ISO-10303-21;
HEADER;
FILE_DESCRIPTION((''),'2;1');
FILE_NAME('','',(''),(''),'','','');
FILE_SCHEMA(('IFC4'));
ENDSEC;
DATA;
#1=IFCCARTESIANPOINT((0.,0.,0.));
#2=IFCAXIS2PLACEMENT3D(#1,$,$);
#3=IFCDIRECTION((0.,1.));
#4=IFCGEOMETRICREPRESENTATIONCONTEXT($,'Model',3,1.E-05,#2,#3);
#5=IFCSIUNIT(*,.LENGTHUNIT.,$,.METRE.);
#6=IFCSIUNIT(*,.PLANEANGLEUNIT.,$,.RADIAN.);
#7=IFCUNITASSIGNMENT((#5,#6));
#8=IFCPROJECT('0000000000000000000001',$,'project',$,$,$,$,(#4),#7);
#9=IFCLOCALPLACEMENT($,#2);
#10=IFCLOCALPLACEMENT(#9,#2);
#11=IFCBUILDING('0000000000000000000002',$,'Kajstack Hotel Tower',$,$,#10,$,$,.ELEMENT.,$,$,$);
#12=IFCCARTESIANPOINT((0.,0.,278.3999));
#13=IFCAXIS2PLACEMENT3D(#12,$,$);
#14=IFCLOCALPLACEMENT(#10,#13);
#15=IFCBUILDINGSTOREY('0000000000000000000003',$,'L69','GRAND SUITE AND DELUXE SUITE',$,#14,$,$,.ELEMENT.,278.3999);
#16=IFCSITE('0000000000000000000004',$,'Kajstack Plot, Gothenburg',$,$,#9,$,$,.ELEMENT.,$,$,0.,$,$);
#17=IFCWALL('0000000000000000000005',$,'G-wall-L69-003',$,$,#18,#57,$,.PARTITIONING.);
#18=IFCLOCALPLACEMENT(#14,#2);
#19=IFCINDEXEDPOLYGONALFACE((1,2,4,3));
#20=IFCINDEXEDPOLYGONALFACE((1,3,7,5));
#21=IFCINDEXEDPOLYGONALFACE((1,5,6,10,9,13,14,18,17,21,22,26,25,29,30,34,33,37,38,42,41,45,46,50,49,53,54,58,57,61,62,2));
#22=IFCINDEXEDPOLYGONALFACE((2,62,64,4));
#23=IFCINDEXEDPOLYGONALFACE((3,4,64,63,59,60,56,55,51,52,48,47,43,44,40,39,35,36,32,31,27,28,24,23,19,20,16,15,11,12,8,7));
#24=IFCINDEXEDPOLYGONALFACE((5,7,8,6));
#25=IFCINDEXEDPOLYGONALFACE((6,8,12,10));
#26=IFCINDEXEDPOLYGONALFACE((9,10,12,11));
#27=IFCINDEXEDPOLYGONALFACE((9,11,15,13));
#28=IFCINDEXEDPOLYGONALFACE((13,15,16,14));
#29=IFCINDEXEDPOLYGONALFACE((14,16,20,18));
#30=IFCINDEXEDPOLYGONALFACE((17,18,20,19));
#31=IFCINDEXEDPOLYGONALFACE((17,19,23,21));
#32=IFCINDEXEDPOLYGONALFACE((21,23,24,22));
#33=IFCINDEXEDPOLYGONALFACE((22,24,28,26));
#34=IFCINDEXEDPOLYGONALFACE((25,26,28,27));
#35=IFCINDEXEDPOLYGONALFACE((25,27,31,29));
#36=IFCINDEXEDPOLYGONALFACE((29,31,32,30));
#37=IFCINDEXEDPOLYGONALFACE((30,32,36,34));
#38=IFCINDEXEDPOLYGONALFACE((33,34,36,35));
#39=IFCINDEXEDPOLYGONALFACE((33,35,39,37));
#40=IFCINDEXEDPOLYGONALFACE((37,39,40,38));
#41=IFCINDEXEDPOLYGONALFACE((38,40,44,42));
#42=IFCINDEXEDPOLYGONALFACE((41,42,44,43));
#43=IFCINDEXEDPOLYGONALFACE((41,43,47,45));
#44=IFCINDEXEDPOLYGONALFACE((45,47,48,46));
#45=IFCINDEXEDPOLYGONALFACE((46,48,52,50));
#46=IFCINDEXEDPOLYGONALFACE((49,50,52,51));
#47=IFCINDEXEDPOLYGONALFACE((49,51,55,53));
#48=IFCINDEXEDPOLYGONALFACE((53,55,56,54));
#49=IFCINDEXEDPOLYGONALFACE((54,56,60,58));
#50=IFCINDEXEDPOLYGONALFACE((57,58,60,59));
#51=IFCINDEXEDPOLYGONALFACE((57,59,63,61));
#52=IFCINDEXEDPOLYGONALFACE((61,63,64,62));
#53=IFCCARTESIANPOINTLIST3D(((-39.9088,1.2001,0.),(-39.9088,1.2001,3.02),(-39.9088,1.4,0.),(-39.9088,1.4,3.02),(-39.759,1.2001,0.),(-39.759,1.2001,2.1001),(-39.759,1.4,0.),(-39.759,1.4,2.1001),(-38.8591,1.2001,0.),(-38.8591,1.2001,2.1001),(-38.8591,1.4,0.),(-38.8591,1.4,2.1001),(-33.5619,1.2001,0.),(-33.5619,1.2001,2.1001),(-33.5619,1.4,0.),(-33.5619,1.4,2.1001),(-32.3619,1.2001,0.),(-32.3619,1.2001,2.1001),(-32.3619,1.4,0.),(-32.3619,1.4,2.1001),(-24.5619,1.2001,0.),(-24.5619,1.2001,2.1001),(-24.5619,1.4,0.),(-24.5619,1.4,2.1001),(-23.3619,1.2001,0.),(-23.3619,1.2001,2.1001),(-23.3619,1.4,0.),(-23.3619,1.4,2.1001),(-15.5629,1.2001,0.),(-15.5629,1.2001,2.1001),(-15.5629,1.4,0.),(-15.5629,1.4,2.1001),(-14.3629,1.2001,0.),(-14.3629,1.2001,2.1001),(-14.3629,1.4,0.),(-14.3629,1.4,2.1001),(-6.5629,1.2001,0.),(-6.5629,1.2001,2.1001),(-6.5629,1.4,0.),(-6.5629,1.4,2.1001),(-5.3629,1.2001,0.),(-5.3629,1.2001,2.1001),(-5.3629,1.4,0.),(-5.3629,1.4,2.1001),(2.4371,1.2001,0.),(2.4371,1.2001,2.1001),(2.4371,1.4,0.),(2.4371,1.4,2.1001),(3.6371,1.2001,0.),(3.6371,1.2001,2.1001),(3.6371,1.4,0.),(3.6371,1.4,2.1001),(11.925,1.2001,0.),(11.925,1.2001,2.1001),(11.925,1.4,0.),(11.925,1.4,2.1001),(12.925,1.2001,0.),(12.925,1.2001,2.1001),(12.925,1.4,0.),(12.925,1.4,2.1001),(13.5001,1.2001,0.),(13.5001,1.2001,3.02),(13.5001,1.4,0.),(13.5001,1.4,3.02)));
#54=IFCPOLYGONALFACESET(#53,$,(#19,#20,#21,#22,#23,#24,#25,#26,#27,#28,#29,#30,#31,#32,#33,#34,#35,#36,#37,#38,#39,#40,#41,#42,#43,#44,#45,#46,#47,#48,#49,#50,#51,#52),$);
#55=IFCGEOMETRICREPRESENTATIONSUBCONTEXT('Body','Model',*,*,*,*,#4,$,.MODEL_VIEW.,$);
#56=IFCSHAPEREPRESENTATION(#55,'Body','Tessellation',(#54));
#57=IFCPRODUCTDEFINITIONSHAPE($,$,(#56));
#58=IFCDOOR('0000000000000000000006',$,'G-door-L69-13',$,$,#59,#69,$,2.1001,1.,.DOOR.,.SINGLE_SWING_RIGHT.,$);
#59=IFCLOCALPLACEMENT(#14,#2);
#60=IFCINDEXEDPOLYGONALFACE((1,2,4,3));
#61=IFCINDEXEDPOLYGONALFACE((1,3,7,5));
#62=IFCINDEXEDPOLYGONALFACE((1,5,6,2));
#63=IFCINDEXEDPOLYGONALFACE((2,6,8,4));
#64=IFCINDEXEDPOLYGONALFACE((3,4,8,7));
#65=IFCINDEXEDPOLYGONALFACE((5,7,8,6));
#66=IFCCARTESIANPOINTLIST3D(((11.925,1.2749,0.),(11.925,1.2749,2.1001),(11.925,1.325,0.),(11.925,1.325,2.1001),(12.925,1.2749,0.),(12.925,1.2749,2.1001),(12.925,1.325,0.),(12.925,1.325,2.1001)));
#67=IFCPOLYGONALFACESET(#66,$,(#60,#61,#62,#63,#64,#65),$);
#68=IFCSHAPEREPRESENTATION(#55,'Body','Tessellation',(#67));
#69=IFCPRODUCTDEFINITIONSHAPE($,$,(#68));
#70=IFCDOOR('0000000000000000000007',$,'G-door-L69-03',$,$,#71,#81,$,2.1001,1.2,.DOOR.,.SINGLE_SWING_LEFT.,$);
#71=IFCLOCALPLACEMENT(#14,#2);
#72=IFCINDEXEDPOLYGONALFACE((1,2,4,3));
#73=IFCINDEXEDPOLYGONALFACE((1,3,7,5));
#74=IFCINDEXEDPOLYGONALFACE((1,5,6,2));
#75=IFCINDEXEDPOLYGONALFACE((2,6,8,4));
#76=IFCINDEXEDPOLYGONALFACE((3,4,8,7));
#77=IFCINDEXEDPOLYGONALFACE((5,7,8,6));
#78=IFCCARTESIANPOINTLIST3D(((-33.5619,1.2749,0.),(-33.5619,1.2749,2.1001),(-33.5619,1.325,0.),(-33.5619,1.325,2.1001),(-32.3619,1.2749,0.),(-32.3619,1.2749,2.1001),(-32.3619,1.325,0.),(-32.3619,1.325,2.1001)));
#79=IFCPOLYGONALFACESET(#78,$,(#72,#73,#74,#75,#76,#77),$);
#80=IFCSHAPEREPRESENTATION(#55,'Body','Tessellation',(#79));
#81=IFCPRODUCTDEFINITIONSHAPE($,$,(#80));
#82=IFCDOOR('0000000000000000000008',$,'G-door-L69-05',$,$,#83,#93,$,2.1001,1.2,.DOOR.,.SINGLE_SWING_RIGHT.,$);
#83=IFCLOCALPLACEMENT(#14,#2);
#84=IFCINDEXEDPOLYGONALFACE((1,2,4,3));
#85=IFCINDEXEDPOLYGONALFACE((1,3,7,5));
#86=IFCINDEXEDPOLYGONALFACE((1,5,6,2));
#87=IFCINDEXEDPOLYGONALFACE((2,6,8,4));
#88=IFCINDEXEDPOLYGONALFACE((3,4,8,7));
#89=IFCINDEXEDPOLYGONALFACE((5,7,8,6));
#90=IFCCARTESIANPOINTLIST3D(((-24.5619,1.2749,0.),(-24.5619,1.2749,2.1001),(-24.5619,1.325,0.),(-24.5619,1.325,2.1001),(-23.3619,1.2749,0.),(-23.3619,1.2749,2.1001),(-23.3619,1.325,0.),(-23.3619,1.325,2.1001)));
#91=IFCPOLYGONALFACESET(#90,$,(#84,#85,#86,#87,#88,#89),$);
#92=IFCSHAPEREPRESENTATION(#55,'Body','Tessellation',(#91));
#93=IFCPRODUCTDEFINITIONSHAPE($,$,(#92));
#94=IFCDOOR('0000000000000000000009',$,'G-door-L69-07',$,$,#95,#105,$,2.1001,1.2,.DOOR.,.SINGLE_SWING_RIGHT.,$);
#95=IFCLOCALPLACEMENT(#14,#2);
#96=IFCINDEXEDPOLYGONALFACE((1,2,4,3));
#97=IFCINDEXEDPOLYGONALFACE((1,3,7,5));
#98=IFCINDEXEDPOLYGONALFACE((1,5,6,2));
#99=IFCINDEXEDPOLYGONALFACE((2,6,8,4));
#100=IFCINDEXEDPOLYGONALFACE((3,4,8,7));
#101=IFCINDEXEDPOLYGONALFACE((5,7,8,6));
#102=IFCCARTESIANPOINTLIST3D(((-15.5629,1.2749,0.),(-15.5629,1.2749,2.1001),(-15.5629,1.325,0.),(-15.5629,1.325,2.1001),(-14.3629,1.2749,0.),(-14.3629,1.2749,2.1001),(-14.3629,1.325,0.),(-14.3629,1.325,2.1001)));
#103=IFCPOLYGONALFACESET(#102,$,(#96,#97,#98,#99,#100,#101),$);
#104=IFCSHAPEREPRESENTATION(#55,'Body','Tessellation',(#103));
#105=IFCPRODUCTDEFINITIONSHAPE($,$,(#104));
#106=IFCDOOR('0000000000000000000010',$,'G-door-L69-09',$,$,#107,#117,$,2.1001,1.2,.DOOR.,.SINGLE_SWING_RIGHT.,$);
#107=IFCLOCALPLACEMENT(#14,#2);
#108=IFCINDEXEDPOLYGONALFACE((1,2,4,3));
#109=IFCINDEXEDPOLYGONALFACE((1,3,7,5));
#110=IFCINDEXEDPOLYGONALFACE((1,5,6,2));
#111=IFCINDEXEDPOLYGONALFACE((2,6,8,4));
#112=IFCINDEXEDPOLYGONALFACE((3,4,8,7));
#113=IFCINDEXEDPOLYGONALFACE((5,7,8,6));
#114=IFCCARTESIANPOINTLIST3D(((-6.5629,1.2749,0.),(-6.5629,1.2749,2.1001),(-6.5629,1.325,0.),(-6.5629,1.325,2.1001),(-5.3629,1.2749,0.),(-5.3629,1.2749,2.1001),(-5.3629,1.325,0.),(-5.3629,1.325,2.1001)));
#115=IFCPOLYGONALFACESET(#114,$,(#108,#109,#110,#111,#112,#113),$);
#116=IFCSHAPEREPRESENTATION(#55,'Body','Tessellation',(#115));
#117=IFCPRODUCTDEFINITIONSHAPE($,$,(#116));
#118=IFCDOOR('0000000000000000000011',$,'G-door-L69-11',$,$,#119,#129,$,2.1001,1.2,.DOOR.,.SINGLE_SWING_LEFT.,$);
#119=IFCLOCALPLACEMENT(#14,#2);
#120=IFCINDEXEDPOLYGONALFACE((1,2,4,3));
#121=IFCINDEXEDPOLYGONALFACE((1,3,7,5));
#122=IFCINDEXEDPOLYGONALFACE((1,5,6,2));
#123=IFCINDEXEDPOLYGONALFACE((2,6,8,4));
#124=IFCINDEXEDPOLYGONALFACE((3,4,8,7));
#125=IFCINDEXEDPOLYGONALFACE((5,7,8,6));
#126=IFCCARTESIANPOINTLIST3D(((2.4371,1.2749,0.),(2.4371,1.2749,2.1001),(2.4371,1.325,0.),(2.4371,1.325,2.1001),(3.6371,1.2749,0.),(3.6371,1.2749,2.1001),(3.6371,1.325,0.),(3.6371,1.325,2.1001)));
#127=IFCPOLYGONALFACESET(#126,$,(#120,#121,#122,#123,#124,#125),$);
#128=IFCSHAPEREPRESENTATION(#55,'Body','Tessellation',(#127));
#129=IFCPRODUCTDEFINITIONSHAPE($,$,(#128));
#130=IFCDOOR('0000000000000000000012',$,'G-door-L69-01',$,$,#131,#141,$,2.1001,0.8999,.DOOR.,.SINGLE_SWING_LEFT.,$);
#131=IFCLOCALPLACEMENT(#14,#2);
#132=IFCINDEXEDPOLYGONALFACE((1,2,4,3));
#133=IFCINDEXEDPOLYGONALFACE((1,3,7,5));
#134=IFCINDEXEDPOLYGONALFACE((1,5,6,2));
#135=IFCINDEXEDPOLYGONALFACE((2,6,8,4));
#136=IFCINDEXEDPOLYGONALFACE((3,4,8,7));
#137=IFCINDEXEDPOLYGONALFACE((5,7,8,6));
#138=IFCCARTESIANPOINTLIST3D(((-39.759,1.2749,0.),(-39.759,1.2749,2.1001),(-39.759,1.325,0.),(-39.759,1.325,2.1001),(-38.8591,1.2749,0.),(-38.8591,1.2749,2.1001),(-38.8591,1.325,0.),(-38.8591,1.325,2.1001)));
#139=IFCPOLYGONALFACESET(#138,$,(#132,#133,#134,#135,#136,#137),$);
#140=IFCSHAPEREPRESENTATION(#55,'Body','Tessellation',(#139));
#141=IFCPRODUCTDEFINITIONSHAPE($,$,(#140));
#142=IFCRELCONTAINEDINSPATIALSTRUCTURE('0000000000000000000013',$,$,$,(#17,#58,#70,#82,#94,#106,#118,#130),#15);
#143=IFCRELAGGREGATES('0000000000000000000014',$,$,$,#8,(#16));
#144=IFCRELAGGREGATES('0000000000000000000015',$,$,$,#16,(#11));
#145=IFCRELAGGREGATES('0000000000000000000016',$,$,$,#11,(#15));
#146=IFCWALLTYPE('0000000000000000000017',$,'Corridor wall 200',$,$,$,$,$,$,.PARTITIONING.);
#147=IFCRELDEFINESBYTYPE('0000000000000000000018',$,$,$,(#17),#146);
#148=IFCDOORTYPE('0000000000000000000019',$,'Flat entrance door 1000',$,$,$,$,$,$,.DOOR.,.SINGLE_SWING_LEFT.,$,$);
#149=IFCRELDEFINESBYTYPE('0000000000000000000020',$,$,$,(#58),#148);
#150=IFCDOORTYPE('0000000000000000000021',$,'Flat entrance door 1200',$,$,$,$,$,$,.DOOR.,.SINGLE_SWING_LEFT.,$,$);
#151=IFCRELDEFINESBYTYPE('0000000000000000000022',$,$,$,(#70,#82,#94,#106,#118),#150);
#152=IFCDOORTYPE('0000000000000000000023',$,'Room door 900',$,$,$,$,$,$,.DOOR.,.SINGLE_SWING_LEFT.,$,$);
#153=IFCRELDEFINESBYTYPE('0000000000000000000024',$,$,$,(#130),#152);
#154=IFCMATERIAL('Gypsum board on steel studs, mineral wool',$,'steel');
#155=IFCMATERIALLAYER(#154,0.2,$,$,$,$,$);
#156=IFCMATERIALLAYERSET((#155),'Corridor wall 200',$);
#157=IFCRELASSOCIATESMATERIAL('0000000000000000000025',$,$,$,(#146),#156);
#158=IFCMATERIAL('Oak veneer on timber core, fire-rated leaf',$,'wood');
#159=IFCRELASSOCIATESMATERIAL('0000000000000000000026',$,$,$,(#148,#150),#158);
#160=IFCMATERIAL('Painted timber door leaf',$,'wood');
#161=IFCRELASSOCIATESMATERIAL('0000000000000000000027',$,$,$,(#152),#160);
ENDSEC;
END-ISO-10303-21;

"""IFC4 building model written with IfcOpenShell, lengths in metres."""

from ifc_helpers import new_model, si_unit, direction, frame, frame_2d, origin, place, context, subcontext, project, spatial, rectangle, extrude, material, layer, layer_set, type_object, element, fill, save


model = new_model("IFC4")

# Units and contexts
model_context = context("Model", 3, precision=1e-05, world=origin(), true_north=direction((0.0, 1.0)))
body_context = subcontext(model_context, "Body", "Model", "MODEL_VIEW")
ifc_project = project(units=[si_unit("LENGTHUNIT", "METRE"), si_unit("PLANEANGLEUNIT", "RADIAN")], contexts=[model_context])

# Site, building, storey
site_placement = place(None, origin())
site = spatial("IfcSite", under=ifc_project, at=site_placement, Name="Kajstack Plot, Gothenburg", CompositionType="ELEMENT", RefElevation=0.0)
building_placement = place(site_placement, origin())
building = spatial("IfcBuilding", under=site, at=building_placement, Name="Kajstack Hotel Tower", CompositionType="ELEMENT")
storey_placement = place(building_placement, frame((0.0, 0.0, 278.3999)))
storey = spatial("IfcBuildingStorey", under=building, at=storey_placement, Name="L69", Description="GRAND SUITE AND DELUXE SUITE", CompositionType="ELEMENT", Elevation=278.3999)

# Wall, openings, doors
ifc_material_1 = material(Name="Gypsum board on steel studs, mineral wool", Category="steel")
ifc_layer_1 = layer(ifc_material_1, 0.2)
ifc_layer_set_1 = layer_set([ifc_layer_1], Name="Corridor wall 200")
wall_type_1 = type_object("IfcWallType", Name="Corridor wall 200", PredefinedType="PARTITIONING", material=ifc_layer_set_1)
wall_1_placement = place(storey_placement, frame((-39.9089, 1.3, 0.0), z_axis=(0.0, 0.0, 1.0), x_axis=(1.0, 0.0, 0.0)))
wall_1 = element("IfcWall", 1, at=wall_1_placement, inside=storey, type_object=wall_type_1, Name="G-wall-L69-003", PredefinedType="PARTITIONING", context=body_context, shape_type="SweptSolid", body=[
    extrude(rectangle(XDim=53.4089, YDim=0.2, at=frame_2d((26.7046, 0.0))), origin(), (0.0, 0.0, 1.0), 3.02),
])
opening_1_placement = place(wall_1_placement, frame((0.1499, 0.0, 0.0)))
opening_1 = element("IfcOpeningElement", 2, at=opening_1_placement, cuts=wall_1, PredefinedType="OPENING", context=body_context, shape_type="SweptSolid", body=[
    extrude(rectangle(XDim=0.8999, YDim=2.1001, at=frame_2d((0.45, 1.05))), frame((0.0, 0.1099, 0.0), z_axis=(0.0, -1.0, 0.0), x_axis=(1.0, 0.0, 0.0)), (0.0, 0.0, 1.0), 0.22),
])
opening_2_placement = place(wall_1_placement, frame((6.3469, 0.0, 0.0)))
opening_2 = element("IfcOpeningElement", 3, at=opening_2_placement, cuts=wall_1, PredefinedType="OPENING", context=body_context, shape_type="SweptSolid", body=[
    extrude(rectangle(XDim=1.2, YDim=2.1001, at=frame_2d((0.6001, 1.05))), frame((0.0, 0.1099, 0.0), z_axis=(0.0, -1.0, 0.0), x_axis=(1.0, 0.0, 0.0)), (0.0, 0.0, 1.0), 0.22),
])
opening_3_placement = place(wall_1_placement, frame((15.3469, 0.0, 0.0)))
opening_3 = element("IfcOpeningElement", 4, at=opening_3_placement, cuts=wall_1, PredefinedType="OPENING", context=body_context, shape_type="SweptSolid", body=[
    extrude(rectangle(XDim=1.2, YDim=2.1001, at=frame_2d((0.6001, 1.05))), frame((0.0, 0.1099, 0.0), z_axis=(0.0, -1.0, 0.0), x_axis=(1.0, 0.0, 0.0)), (0.0, 0.0, 1.0), 0.22),
])
opening_4_placement = place(wall_1_placement, frame((24.3459, 0.0, 0.0)))
opening_4 = element("IfcOpeningElement", 5, at=opening_4_placement, cuts=wall_1, PredefinedType="OPENING", context=body_context, shape_type="SweptSolid", body=[
    extrude(rectangle(XDim=1.2, YDim=2.1001, at=frame_2d((0.6001, 1.05))), frame((0.0, 0.1099, 0.0), z_axis=(0.0, -1.0, 0.0), x_axis=(1.0, 0.0, 0.0)), (0.0, 0.0, 1.0), 0.22),
])
opening_5_placement = place(wall_1_placement, frame((33.3459, 0.0, 0.0)))
opening_5 = element("IfcOpeningElement", 6, at=opening_5_placement, cuts=wall_1, PredefinedType="OPENING", context=body_context, shape_type="SweptSolid", body=[
    extrude(rectangle(XDim=1.2, YDim=2.1001, at=frame_2d((0.6001, 1.05))), frame((0.0, 0.1099, 0.0), z_axis=(0.0, -1.0, 0.0), x_axis=(1.0, 0.0, 0.0)), (0.0, 0.0, 1.0), 0.22),
])
opening_6_placement = place(wall_1_placement, frame((42.3459, 0.0, 0.0)))
opening_6 = element("IfcOpeningElement", 7, at=opening_6_placement, cuts=wall_1, PredefinedType="OPENING", context=body_context, shape_type="SweptSolid", body=[
    extrude(rectangle(XDim=1.2, YDim=2.1001, at=frame_2d((0.6001, 1.05))), frame((0.0, 0.1099, 0.0), z_axis=(0.0, -1.0, 0.0), x_axis=(1.0, 0.0, 0.0)), (0.0, 0.0, 1.0), 0.22),
])
opening_7_placement = place(wall_1_placement, frame((51.834, 0.0, 0.0)))
opening_7 = element("IfcOpeningElement", 8, at=opening_7_placement, cuts=wall_1, PredefinedType="OPENING", context=body_context, shape_type="SweptSolid", body=[
    extrude(rectangle(XDim=1.0, YDim=2.1001, at=frame_2d((0.5, 1.05))), frame((0.0, 0.1099, 0.0), z_axis=(0.0, -1.0, 0.0), x_axis=(1.0, 0.0, 0.0)), (0.0, 0.0, 1.0), 0.22),
])
ifc_material_2 = material(Name="Oak veneer on timber core, fire-rated leaf", Category="wood")
door_type_1 = type_object("IfcDoorType", Name="Flat entrance door 1000", OperationType="SINGLE_SWING_LEFT", PredefinedType="DOOR", material=ifc_material_2)
door_1_placement = place(opening_7_placement, origin())
door_1 = element("IfcDoor", 9, at=door_1_placement, inside=storey, type_object=door_type_1, Name="G-door-L69-13", OperationType="SINGLE_SWING_RIGHT", OverallHeight=2.1001, OverallWidth=1.0, PredefinedType="DOOR", context=body_context, shape_type="SweptSolid", body=[
    extrude(rectangle(XDim=1.0, YDim=2.1001, at=frame_2d((0.5, 1.05))), frame((0.0, 0.0249, 0.0), z_axis=(0.0, -1.0, 0.0), x_axis=(1.0, 0.0, 0.0)), (0.0, 0.0, 1.0), 0.05),
])
fill(opening_7, door_1)
door_type_2 = type_object("IfcDoorType", Name="Flat entrance door 1200", OperationType="SINGLE_SWING_LEFT", PredefinedType="DOOR", material=ifc_material_2)
door_2_placement = place(opening_2_placement, origin())
door_2 = element("IfcDoor", 10, at=door_2_placement, inside=storey, type_object=door_type_2, Name="G-door-L69-03", OperationType="SINGLE_SWING_LEFT", OverallHeight=2.1001, OverallWidth=1.2, PredefinedType="DOOR", context=body_context, shape_type="SweptSolid", body=[
    extrude(rectangle(XDim=1.2, YDim=2.1001, at=frame_2d((0.6001, 1.05))), frame((0.0, 0.0249, 0.0), z_axis=(0.0, -1.0, 0.0), x_axis=(1.0, 0.0, 0.0)), (0.0, 0.0, 1.0), 0.05),
])
fill(opening_2, door_2)
door_3_placement = place(opening_3_placement, origin())
door_3 = element("IfcDoor", 11, at=door_3_placement, inside=storey, type_object=door_type_2, Name="G-door-L69-05", OperationType="SINGLE_SWING_RIGHT", OverallHeight=2.1001, OverallWidth=1.2, PredefinedType="DOOR", context=body_context, shape_type="SweptSolid", body=[
    extrude(rectangle(XDim=1.2, YDim=2.1001, at=frame_2d((0.6001, 1.05))), frame((0.0, 0.0249, 0.0), z_axis=(0.0, -1.0, 0.0), x_axis=(1.0, 0.0, 0.0)), (0.0, 0.0, 1.0), 0.05),
])
fill(opening_3, door_3)
door_4_placement = place(opening_4_placement, origin())
door_4 = element("IfcDoor", 12, at=door_4_placement, inside=storey, type_object=door_type_2, Name="G-door-L69-07", OperationType="SINGLE_SWING_RIGHT", OverallHeight=2.1001, OverallWidth=1.2, PredefinedType="DOOR", context=body_context, shape_type="SweptSolid", body=[
    extrude(rectangle(XDim=1.2, YDim=2.1001, at=frame_2d((0.6001, 1.05))), frame((0.0, 0.0249, 0.0), z_axis=(0.0, -1.0, 0.0), x_axis=(1.0, 0.0, 0.0)), (0.0, 0.0, 1.0), 0.05),
])
fill(opening_4, door_4)
door_5_placement = place(opening_5_placement, origin())
door_5 = element("IfcDoor", 13, at=door_5_placement, inside=storey, type_object=door_type_2, Name="G-door-L69-09", OperationType="SINGLE_SWING_RIGHT", OverallHeight=2.1001, OverallWidth=1.2, PredefinedType="DOOR", context=body_context, shape_type="SweptSolid", body=[
    extrude(rectangle(XDim=1.2, YDim=2.1001, at=frame_2d((0.6001, 1.05))), frame((0.0, 0.0249, 0.0), z_axis=(0.0, -1.0, 0.0), x_axis=(1.0, 0.0, 0.0)), (0.0, 0.0, 1.0), 0.05),
])
fill(opening_5, door_5)
door_6_placement = place(opening_6_placement, origin())
door_6 = element("IfcDoor", 14, at=door_6_placement, inside=storey, type_object=door_type_2, Name="G-door-L69-11", OperationType="SINGLE_SWING_LEFT", OverallHeight=2.1001, OverallWidth=1.2, PredefinedType="DOOR", context=body_context, shape_type="SweptSolid", body=[
    extrude(rectangle(XDim=1.2, YDim=2.1001, at=frame_2d((0.6001, 1.05))), frame((0.0, 0.0249, 0.0), z_axis=(0.0, -1.0, 0.0), x_axis=(1.0, 0.0, 0.0)), (0.0, 0.0, 1.0), 0.05),
])
fill(opening_6, door_6)
ifc_material_3 = material(Name="Painted timber door leaf", Category="wood")
door_type_3 = type_object("IfcDoorType", Name="Room door 900", OperationType="SINGLE_SWING_LEFT", PredefinedType="DOOR", material=ifc_material_3)
door_7_placement = place(opening_1_placement, origin())
door_7 = element("IfcDoor", 15, at=door_7_placement, inside=storey, type_object=door_type_3, Name="G-door-L69-01", OperationType="SINGLE_SWING_LEFT", OverallHeight=2.1001, OverallWidth=0.8999, PredefinedType="DOOR", context=body_context, shape_type="SweptSolid", body=[
    extrude(rectangle(XDim=0.8999, YDim=2.1001, at=frame_2d((0.45, 1.05))), frame((0.0, 0.0249, 0.0), z_axis=(0.0, -1.0, 0.0), x_axis=(1.0, 0.0, 0.0)), (0.0, 0.0, 1.0), 0.05),
])
fill(opening_1, door_7)

save(model, "model.ifc")
